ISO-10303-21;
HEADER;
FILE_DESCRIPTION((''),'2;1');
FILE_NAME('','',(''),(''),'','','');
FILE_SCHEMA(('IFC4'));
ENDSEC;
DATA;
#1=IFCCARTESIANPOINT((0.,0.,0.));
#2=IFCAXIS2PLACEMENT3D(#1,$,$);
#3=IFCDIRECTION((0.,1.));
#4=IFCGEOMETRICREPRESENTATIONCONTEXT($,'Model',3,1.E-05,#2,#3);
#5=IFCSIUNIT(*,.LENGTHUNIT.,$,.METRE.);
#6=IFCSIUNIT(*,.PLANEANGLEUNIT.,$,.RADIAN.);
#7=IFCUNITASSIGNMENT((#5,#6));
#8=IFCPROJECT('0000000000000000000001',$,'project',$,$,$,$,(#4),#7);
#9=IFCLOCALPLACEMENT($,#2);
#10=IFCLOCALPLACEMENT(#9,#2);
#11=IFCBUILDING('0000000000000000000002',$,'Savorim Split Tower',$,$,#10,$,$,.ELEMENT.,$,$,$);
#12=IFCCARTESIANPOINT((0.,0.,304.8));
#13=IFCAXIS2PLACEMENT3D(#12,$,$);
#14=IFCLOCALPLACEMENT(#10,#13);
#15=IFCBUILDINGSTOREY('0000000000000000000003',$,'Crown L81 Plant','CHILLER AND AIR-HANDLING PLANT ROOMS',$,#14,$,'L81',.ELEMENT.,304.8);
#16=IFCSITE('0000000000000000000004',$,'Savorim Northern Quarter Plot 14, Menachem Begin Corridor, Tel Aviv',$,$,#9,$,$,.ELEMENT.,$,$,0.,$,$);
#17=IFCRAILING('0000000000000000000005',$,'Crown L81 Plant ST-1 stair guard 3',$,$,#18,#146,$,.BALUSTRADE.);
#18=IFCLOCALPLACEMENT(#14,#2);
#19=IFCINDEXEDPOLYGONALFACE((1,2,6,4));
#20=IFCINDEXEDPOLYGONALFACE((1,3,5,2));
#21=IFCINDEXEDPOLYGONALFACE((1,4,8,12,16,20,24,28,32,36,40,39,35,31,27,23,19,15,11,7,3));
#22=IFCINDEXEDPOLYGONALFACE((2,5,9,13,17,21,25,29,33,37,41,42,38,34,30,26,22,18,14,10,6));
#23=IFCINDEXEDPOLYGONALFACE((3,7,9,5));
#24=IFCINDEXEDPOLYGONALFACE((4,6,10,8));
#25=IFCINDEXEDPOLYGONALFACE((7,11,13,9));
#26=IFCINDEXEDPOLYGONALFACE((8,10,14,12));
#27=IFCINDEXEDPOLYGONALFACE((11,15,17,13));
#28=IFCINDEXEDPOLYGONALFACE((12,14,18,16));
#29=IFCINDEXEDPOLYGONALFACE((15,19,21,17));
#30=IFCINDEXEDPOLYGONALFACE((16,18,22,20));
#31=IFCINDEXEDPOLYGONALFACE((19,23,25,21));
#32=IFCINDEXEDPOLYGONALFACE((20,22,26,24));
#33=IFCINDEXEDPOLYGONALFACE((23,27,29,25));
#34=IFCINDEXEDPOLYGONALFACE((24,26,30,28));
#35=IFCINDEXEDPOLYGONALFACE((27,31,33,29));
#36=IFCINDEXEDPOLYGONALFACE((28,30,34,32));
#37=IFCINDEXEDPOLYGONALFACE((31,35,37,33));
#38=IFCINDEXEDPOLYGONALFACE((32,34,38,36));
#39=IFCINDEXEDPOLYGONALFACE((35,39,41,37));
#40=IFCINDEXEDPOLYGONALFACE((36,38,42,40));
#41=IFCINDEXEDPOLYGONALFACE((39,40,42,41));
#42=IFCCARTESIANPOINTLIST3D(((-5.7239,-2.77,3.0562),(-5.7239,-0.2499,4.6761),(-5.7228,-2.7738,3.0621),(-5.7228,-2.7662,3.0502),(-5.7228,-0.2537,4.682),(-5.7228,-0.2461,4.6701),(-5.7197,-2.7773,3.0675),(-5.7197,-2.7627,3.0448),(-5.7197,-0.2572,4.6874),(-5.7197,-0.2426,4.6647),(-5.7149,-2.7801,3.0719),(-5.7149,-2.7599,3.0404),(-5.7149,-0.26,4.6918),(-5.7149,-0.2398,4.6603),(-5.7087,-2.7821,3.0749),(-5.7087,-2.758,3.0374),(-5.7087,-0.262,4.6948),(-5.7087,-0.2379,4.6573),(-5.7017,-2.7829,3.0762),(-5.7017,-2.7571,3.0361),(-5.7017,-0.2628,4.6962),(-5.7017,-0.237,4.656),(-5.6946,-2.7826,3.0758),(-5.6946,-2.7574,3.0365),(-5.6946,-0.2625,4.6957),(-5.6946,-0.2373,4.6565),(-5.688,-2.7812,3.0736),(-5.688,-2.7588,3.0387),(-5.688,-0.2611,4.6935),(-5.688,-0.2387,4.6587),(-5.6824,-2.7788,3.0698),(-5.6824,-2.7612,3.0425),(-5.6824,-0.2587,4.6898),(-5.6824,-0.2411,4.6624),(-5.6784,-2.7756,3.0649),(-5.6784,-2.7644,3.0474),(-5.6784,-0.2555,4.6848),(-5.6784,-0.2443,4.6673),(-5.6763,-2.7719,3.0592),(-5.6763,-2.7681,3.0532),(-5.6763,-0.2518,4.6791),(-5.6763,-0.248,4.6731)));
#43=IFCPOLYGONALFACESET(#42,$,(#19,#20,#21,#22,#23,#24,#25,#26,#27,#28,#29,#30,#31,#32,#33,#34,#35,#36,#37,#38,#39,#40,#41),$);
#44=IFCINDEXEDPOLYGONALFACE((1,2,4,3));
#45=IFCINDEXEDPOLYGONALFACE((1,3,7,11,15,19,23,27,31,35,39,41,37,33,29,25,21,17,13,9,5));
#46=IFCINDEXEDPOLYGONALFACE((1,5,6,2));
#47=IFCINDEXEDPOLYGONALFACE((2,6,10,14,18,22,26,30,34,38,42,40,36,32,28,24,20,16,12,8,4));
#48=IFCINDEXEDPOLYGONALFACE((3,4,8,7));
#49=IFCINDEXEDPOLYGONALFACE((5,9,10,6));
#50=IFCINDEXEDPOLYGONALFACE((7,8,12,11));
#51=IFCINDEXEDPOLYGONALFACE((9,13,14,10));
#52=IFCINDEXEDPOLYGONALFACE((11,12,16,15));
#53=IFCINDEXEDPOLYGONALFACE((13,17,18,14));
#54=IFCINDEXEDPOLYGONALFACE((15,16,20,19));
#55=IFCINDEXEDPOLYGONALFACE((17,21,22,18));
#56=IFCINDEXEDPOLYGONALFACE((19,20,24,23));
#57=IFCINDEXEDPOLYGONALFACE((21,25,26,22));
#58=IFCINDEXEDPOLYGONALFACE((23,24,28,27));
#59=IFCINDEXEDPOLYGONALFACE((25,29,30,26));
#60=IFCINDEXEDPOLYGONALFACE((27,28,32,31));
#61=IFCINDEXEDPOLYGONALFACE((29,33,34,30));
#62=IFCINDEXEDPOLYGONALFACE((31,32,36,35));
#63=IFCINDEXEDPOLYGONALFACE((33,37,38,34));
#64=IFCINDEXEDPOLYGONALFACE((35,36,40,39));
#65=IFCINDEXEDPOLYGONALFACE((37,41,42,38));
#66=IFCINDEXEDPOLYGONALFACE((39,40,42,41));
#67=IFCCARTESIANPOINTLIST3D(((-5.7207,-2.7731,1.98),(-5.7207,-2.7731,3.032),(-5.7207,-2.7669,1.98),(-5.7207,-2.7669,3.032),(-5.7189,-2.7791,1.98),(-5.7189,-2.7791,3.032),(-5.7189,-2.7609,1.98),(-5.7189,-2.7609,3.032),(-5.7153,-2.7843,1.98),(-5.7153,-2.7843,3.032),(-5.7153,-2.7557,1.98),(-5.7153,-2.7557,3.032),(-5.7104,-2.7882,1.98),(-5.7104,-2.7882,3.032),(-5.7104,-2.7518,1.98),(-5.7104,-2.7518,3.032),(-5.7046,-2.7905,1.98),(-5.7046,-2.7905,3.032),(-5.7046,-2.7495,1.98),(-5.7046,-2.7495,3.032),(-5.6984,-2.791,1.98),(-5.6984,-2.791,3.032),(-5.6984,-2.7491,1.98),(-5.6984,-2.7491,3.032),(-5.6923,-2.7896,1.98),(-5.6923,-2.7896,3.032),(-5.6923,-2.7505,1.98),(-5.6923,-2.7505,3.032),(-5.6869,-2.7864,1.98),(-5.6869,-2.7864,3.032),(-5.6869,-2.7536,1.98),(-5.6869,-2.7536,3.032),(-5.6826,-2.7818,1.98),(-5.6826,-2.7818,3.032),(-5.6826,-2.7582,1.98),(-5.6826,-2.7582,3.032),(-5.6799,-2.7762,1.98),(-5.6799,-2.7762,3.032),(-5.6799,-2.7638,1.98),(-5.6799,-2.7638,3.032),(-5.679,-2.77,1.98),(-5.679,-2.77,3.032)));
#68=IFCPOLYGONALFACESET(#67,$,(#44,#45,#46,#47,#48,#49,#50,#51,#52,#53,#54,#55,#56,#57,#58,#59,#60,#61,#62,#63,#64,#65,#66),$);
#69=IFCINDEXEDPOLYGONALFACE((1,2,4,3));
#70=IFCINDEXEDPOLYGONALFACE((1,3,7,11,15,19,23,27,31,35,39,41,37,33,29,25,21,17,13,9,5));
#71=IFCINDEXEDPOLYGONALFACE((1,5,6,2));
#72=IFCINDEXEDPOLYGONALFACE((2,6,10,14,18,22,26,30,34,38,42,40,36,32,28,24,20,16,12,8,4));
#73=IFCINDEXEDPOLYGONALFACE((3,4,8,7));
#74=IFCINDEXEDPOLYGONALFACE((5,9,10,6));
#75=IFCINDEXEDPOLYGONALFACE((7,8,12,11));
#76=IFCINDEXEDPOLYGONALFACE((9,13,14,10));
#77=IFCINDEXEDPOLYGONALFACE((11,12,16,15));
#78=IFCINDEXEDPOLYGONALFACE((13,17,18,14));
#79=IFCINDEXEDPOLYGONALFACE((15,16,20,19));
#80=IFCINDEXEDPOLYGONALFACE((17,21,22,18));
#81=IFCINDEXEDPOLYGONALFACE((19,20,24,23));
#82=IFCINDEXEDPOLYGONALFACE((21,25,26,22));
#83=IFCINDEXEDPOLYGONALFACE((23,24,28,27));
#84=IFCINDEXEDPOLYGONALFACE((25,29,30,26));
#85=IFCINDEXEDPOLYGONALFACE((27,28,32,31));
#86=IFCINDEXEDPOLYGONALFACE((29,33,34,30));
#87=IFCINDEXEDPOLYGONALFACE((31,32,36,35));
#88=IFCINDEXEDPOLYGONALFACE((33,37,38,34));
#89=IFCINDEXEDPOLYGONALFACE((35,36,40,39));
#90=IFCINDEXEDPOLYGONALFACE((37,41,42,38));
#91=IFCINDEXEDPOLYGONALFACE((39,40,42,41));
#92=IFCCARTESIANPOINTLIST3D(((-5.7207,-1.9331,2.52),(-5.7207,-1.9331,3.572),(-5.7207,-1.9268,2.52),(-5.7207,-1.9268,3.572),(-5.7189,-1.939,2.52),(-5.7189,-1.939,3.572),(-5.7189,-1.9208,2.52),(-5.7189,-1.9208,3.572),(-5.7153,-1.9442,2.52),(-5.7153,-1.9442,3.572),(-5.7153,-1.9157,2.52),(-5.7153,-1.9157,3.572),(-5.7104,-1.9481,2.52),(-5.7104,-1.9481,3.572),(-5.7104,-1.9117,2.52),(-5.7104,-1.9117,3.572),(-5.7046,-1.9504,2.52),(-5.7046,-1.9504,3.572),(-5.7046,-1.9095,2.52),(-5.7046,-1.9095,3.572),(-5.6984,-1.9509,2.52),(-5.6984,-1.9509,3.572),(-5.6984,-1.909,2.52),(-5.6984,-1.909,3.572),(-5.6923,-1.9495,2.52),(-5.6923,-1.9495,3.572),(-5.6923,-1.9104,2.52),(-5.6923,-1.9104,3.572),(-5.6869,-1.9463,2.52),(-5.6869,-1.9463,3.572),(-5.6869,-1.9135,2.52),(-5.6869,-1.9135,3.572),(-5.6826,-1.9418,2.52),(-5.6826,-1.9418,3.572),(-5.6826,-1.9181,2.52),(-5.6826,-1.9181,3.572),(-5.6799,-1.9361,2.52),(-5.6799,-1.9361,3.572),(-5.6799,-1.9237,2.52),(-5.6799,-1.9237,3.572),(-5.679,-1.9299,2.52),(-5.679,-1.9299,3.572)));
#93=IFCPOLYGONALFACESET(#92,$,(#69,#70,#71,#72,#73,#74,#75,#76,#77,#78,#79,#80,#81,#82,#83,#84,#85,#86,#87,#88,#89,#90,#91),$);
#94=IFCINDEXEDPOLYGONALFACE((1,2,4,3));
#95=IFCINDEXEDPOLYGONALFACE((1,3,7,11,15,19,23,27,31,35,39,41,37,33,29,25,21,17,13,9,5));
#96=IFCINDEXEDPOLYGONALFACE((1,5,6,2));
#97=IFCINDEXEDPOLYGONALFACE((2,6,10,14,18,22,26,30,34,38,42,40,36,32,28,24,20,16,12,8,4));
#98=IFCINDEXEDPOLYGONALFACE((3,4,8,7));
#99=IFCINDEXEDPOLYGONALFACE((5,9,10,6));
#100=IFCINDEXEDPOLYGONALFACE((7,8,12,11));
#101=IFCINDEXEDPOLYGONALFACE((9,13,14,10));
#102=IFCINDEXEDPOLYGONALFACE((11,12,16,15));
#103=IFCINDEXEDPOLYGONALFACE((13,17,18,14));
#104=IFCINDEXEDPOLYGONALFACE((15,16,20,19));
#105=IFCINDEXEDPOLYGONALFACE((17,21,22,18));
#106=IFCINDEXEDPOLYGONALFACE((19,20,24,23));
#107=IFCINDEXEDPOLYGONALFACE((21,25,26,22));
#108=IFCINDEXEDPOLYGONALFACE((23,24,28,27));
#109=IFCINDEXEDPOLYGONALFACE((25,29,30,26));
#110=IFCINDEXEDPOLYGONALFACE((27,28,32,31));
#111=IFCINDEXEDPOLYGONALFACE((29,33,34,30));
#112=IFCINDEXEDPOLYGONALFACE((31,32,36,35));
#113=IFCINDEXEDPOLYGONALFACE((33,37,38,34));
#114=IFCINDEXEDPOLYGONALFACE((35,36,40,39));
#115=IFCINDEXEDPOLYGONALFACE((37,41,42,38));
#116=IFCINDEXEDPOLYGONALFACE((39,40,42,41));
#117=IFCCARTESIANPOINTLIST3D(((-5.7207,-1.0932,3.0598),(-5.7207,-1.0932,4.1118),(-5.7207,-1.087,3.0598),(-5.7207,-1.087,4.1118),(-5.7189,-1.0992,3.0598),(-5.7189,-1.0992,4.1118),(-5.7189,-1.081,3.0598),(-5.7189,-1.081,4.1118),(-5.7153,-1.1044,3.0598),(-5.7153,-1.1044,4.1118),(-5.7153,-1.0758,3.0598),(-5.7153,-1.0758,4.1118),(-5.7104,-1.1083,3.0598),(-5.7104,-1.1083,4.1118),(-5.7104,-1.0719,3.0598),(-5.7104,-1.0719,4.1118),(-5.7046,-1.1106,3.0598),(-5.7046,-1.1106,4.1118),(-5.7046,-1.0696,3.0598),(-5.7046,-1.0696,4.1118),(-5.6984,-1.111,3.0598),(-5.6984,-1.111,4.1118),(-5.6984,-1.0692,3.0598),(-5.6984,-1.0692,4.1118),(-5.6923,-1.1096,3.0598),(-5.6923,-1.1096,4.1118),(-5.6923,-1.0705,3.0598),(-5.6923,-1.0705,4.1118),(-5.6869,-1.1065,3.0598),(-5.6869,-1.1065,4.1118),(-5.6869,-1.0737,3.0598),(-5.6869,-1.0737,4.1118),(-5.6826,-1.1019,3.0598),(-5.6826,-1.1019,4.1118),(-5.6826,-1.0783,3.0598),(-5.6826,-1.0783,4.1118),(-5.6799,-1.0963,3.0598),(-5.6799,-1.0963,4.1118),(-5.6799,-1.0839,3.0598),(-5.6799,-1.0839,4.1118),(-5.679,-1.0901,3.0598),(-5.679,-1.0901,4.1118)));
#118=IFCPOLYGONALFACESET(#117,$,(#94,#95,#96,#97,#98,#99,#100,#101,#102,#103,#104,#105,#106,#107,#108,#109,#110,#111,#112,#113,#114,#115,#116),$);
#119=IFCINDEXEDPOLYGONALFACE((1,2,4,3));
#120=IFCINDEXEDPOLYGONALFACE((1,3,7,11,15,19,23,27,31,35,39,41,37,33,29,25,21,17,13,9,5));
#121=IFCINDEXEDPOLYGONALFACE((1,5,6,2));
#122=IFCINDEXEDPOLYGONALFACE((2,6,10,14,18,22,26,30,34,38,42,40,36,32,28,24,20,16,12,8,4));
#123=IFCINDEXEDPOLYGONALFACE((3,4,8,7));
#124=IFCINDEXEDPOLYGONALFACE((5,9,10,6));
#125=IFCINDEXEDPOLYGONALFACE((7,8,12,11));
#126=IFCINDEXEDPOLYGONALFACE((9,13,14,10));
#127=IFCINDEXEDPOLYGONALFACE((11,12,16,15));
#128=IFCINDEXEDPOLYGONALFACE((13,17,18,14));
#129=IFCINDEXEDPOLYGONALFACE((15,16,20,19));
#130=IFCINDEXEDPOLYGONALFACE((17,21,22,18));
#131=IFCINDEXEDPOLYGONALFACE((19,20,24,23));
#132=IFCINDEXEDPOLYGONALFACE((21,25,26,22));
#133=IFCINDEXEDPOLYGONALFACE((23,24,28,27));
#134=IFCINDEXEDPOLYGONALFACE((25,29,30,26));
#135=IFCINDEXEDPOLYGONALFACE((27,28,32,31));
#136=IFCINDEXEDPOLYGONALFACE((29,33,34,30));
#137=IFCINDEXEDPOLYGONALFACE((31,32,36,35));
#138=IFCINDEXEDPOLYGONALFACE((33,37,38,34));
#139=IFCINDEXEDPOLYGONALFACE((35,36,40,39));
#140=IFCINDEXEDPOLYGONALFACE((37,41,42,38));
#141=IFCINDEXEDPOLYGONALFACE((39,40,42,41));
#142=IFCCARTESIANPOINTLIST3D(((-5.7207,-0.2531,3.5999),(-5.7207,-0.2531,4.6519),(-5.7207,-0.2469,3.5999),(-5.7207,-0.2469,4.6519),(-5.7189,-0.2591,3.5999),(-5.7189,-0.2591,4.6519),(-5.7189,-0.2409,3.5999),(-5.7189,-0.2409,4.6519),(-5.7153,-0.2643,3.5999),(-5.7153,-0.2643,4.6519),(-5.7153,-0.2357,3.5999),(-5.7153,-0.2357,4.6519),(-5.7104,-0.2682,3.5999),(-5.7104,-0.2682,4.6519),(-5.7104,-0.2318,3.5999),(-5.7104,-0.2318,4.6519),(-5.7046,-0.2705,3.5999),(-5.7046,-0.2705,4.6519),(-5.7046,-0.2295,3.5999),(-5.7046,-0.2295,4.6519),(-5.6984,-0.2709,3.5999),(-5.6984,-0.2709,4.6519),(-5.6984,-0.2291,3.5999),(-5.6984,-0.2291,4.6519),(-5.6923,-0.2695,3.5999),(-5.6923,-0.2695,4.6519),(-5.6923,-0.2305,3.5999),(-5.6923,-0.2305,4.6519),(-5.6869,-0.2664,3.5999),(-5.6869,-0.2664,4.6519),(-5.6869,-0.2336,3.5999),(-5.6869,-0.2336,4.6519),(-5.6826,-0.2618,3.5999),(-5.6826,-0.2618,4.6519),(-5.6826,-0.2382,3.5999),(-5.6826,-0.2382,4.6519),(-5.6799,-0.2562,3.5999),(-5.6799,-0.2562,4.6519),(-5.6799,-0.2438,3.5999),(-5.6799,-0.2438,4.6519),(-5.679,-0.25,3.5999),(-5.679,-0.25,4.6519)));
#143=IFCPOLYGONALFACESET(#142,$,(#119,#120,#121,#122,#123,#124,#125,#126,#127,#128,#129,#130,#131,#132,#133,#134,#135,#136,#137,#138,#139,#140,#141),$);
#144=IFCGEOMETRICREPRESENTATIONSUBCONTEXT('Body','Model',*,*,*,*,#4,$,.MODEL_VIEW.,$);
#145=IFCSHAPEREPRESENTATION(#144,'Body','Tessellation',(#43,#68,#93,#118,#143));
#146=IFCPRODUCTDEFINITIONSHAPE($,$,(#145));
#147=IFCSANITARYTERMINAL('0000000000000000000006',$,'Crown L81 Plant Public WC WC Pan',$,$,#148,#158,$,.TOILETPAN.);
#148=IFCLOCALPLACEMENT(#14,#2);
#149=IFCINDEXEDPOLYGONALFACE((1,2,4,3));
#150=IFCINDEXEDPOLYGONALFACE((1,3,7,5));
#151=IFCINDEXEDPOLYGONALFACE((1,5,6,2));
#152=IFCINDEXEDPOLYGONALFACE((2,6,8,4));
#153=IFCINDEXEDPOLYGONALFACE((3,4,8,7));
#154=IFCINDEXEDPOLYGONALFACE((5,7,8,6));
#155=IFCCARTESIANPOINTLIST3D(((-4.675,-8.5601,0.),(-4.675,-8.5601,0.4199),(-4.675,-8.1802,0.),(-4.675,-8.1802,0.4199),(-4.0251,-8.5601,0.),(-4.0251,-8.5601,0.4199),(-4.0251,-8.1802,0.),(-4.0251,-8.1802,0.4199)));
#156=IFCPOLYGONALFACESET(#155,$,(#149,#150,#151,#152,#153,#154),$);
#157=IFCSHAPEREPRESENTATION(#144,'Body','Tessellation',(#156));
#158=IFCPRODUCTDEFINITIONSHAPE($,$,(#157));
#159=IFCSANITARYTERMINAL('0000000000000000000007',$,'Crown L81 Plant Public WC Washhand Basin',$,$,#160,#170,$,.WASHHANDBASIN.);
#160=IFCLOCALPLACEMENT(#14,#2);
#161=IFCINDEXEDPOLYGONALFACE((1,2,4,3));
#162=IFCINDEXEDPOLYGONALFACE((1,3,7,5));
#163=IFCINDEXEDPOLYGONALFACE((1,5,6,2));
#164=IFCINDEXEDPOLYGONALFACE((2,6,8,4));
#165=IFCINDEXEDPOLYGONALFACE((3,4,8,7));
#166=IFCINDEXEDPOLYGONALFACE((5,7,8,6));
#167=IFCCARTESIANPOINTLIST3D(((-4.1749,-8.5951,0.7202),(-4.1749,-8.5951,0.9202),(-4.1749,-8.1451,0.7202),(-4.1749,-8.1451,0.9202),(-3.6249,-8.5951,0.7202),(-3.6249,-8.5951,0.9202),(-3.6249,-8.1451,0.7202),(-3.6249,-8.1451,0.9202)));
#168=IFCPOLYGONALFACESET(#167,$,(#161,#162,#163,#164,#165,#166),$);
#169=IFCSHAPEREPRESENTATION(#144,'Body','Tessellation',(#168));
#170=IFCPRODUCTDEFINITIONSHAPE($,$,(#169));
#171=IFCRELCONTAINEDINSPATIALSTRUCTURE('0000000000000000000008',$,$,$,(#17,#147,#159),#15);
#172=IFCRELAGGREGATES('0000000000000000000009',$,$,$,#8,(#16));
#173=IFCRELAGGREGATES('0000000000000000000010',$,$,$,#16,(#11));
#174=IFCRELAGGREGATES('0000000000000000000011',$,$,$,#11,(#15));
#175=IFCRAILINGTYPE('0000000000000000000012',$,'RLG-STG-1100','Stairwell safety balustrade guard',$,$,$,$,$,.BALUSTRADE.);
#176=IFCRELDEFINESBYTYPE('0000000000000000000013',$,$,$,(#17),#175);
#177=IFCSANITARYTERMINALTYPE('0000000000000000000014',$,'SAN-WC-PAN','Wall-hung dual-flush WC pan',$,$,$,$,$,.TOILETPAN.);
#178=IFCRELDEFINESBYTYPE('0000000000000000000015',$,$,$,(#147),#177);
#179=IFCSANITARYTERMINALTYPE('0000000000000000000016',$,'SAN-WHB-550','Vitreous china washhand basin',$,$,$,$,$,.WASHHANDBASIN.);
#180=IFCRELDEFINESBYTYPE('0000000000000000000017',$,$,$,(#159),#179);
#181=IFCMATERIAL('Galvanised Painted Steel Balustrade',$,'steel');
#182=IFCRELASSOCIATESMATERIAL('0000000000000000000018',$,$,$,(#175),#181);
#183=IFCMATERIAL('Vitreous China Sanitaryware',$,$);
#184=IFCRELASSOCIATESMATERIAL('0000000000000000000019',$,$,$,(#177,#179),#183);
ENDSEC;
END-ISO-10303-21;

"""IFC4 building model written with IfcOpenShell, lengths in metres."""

from ifc_helpers import new_model, si_unit, direction, frame, origin, origin_2d, place, context, subcontext, project, spatial, rectangle, circle, extrude, material, type_object, element, save


model = new_model("IFC4")

# Units and contexts
model_context = context("Model", 3, precision=1e-05, world=origin(), true_north=direction((0.0, 1.0)))
body_context = subcontext(model_context, "Body", "Model", "MODEL_VIEW")
ifc_project = project(units=[si_unit("LENGTHUNIT", "METRE"), si_unit("PLANEANGLEUNIT", "RADIAN")], contexts=[model_context])

# Site, building, storey
site_placement = place(None, origin())
site = spatial("IfcSite", under=ifc_project, at=site_placement, Name="Savorim Northern Quarter Plot 14, Menachem Begin Corridor, Tel Aviv", CompositionType="ELEMENT", RefElevation=0.0)
building_placement = place(site_placement, origin())
building = spatial("IfcBuilding", under=site, at=building_placement, Name="Savorim Split Tower", CompositionType="ELEMENT")
storey_placement = place(building_placement, frame((0.0, 0.0, 304.8)))
storey = spatial("IfcBuildingStorey", under=building, at=storey_placement, Name="Crown L81 Plant", Description="CHILLER AND AIR-HANDLING PLANT ROOMS", LongName="L81", CompositionType="ELEMENT", Elevation=304.8)

# Railing
ifc_material_1 = material(Name="Galvanised Painted Steel Balustrade", Category="steel")
railing_type = type_object("IfcRailingType", Name="RLG-STG-1100", Description="Stairwell safety balustrade guard", PredefinedType="BALUSTRADE", material=ifc_material_1)
railing_1_placement = place(storey_placement, frame((-5.7, -2.77, 1.98)))
element("IfcRailing", 1, at=railing_1_placement, inside=storey, type_object=railing_type, Name="Crown L81 Plant ST-1 stair guard 3", PredefinedType="BALUSTRADE", context=body_context, shape_type="SweptSolid", body=[
    extrude(circle(Radius=0.0239, at=origin_2d()), frame((0.0, 0.0, 1.0762), z_axis=(0.0, 0.8412, 0.540725), x_axis=(-1.0, 0.0, 0.0)), (0.0, 0.0, 1.0), 2.9958),
    extrude(circle(Radius=0.021, at=origin_2d()), origin(), (0.0, 0.0, 1.0), 1.052),
    extrude(circle(Radius=0.021, at=origin_2d()), frame((0.0, 0.8401, 0.54)), (0.0, 0.0, 1.0), 1.052),
    extrude(circle(Radius=0.021, at=origin_2d()), frame((0.0, 1.6799, 1.0798)), (0.0, 0.0, 1.0), 1.052),
    extrude(circle(Radius=0.021, at=origin_2d()), frame((0.0, 2.52, 1.6199)), (0.0, 0.0, 1.0), 1.052),
])

# Sanitary terminals
ifc_material_2 = material(Name="Vitreous China Sanitaryware")
sanitary_terminal_type_1 = type_object("IfcSanitaryTerminalType", Name="SAN-WC-PAN", Description="Wall-hung dual-flush WC pan", PredefinedType="TOILETPAN", material=ifc_material_2)
sanitary_terminal_1_placement = place(storey_placement, frame((-4.3501, -8.3701, 0.0), z_axis=(0.0, 0.0, 1.0), x_axis=(1.0, 0.0, 0.0)))
element("IfcSanitaryTerminal", 2, at=sanitary_terminal_1_placement, inside=storey, type_object=sanitary_terminal_type_1, Name="Crown L81 Plant Public WC WC Pan", PredefinedType="TOILETPAN", context=body_context, shape_type="SweptSolid", body=[
    extrude(rectangle(XDim=0.6499, YDim=0.3799, at=origin_2d()), origin(), (0.0, 0.0, 1.0), 0.4199),
])
sanitary_terminal_type_2 = type_object("IfcSanitaryTerminalType", Name="SAN-WHB-550", Description="Vitreous china washhand basin", PredefinedType="WASHHANDBASIN", material=ifc_material_2)
sanitary_terminal_2_placement = place(storey_placement, frame((-3.8999, -8.3701, 0.7202), z_axis=(0.0, 0.0, 1.0), x_axis=(1.0, 0.0, 0.0)))
element("IfcSanitaryTerminal", 3, at=sanitary_terminal_2_placement, inside=storey, type_object=sanitary_terminal_type_2, Name="Crown L81 Plant Public WC Washhand Basin", PredefinedType="WASHHANDBASIN", context=body_context, shape_type="SweptSolid", body=[
    extrude(rectangle(XDim=0.55, YDim=0.45, at=origin_2d()), origin(), (0.0, 0.0, 1.0), 0.2),
])

save(model, "model.ifc")
